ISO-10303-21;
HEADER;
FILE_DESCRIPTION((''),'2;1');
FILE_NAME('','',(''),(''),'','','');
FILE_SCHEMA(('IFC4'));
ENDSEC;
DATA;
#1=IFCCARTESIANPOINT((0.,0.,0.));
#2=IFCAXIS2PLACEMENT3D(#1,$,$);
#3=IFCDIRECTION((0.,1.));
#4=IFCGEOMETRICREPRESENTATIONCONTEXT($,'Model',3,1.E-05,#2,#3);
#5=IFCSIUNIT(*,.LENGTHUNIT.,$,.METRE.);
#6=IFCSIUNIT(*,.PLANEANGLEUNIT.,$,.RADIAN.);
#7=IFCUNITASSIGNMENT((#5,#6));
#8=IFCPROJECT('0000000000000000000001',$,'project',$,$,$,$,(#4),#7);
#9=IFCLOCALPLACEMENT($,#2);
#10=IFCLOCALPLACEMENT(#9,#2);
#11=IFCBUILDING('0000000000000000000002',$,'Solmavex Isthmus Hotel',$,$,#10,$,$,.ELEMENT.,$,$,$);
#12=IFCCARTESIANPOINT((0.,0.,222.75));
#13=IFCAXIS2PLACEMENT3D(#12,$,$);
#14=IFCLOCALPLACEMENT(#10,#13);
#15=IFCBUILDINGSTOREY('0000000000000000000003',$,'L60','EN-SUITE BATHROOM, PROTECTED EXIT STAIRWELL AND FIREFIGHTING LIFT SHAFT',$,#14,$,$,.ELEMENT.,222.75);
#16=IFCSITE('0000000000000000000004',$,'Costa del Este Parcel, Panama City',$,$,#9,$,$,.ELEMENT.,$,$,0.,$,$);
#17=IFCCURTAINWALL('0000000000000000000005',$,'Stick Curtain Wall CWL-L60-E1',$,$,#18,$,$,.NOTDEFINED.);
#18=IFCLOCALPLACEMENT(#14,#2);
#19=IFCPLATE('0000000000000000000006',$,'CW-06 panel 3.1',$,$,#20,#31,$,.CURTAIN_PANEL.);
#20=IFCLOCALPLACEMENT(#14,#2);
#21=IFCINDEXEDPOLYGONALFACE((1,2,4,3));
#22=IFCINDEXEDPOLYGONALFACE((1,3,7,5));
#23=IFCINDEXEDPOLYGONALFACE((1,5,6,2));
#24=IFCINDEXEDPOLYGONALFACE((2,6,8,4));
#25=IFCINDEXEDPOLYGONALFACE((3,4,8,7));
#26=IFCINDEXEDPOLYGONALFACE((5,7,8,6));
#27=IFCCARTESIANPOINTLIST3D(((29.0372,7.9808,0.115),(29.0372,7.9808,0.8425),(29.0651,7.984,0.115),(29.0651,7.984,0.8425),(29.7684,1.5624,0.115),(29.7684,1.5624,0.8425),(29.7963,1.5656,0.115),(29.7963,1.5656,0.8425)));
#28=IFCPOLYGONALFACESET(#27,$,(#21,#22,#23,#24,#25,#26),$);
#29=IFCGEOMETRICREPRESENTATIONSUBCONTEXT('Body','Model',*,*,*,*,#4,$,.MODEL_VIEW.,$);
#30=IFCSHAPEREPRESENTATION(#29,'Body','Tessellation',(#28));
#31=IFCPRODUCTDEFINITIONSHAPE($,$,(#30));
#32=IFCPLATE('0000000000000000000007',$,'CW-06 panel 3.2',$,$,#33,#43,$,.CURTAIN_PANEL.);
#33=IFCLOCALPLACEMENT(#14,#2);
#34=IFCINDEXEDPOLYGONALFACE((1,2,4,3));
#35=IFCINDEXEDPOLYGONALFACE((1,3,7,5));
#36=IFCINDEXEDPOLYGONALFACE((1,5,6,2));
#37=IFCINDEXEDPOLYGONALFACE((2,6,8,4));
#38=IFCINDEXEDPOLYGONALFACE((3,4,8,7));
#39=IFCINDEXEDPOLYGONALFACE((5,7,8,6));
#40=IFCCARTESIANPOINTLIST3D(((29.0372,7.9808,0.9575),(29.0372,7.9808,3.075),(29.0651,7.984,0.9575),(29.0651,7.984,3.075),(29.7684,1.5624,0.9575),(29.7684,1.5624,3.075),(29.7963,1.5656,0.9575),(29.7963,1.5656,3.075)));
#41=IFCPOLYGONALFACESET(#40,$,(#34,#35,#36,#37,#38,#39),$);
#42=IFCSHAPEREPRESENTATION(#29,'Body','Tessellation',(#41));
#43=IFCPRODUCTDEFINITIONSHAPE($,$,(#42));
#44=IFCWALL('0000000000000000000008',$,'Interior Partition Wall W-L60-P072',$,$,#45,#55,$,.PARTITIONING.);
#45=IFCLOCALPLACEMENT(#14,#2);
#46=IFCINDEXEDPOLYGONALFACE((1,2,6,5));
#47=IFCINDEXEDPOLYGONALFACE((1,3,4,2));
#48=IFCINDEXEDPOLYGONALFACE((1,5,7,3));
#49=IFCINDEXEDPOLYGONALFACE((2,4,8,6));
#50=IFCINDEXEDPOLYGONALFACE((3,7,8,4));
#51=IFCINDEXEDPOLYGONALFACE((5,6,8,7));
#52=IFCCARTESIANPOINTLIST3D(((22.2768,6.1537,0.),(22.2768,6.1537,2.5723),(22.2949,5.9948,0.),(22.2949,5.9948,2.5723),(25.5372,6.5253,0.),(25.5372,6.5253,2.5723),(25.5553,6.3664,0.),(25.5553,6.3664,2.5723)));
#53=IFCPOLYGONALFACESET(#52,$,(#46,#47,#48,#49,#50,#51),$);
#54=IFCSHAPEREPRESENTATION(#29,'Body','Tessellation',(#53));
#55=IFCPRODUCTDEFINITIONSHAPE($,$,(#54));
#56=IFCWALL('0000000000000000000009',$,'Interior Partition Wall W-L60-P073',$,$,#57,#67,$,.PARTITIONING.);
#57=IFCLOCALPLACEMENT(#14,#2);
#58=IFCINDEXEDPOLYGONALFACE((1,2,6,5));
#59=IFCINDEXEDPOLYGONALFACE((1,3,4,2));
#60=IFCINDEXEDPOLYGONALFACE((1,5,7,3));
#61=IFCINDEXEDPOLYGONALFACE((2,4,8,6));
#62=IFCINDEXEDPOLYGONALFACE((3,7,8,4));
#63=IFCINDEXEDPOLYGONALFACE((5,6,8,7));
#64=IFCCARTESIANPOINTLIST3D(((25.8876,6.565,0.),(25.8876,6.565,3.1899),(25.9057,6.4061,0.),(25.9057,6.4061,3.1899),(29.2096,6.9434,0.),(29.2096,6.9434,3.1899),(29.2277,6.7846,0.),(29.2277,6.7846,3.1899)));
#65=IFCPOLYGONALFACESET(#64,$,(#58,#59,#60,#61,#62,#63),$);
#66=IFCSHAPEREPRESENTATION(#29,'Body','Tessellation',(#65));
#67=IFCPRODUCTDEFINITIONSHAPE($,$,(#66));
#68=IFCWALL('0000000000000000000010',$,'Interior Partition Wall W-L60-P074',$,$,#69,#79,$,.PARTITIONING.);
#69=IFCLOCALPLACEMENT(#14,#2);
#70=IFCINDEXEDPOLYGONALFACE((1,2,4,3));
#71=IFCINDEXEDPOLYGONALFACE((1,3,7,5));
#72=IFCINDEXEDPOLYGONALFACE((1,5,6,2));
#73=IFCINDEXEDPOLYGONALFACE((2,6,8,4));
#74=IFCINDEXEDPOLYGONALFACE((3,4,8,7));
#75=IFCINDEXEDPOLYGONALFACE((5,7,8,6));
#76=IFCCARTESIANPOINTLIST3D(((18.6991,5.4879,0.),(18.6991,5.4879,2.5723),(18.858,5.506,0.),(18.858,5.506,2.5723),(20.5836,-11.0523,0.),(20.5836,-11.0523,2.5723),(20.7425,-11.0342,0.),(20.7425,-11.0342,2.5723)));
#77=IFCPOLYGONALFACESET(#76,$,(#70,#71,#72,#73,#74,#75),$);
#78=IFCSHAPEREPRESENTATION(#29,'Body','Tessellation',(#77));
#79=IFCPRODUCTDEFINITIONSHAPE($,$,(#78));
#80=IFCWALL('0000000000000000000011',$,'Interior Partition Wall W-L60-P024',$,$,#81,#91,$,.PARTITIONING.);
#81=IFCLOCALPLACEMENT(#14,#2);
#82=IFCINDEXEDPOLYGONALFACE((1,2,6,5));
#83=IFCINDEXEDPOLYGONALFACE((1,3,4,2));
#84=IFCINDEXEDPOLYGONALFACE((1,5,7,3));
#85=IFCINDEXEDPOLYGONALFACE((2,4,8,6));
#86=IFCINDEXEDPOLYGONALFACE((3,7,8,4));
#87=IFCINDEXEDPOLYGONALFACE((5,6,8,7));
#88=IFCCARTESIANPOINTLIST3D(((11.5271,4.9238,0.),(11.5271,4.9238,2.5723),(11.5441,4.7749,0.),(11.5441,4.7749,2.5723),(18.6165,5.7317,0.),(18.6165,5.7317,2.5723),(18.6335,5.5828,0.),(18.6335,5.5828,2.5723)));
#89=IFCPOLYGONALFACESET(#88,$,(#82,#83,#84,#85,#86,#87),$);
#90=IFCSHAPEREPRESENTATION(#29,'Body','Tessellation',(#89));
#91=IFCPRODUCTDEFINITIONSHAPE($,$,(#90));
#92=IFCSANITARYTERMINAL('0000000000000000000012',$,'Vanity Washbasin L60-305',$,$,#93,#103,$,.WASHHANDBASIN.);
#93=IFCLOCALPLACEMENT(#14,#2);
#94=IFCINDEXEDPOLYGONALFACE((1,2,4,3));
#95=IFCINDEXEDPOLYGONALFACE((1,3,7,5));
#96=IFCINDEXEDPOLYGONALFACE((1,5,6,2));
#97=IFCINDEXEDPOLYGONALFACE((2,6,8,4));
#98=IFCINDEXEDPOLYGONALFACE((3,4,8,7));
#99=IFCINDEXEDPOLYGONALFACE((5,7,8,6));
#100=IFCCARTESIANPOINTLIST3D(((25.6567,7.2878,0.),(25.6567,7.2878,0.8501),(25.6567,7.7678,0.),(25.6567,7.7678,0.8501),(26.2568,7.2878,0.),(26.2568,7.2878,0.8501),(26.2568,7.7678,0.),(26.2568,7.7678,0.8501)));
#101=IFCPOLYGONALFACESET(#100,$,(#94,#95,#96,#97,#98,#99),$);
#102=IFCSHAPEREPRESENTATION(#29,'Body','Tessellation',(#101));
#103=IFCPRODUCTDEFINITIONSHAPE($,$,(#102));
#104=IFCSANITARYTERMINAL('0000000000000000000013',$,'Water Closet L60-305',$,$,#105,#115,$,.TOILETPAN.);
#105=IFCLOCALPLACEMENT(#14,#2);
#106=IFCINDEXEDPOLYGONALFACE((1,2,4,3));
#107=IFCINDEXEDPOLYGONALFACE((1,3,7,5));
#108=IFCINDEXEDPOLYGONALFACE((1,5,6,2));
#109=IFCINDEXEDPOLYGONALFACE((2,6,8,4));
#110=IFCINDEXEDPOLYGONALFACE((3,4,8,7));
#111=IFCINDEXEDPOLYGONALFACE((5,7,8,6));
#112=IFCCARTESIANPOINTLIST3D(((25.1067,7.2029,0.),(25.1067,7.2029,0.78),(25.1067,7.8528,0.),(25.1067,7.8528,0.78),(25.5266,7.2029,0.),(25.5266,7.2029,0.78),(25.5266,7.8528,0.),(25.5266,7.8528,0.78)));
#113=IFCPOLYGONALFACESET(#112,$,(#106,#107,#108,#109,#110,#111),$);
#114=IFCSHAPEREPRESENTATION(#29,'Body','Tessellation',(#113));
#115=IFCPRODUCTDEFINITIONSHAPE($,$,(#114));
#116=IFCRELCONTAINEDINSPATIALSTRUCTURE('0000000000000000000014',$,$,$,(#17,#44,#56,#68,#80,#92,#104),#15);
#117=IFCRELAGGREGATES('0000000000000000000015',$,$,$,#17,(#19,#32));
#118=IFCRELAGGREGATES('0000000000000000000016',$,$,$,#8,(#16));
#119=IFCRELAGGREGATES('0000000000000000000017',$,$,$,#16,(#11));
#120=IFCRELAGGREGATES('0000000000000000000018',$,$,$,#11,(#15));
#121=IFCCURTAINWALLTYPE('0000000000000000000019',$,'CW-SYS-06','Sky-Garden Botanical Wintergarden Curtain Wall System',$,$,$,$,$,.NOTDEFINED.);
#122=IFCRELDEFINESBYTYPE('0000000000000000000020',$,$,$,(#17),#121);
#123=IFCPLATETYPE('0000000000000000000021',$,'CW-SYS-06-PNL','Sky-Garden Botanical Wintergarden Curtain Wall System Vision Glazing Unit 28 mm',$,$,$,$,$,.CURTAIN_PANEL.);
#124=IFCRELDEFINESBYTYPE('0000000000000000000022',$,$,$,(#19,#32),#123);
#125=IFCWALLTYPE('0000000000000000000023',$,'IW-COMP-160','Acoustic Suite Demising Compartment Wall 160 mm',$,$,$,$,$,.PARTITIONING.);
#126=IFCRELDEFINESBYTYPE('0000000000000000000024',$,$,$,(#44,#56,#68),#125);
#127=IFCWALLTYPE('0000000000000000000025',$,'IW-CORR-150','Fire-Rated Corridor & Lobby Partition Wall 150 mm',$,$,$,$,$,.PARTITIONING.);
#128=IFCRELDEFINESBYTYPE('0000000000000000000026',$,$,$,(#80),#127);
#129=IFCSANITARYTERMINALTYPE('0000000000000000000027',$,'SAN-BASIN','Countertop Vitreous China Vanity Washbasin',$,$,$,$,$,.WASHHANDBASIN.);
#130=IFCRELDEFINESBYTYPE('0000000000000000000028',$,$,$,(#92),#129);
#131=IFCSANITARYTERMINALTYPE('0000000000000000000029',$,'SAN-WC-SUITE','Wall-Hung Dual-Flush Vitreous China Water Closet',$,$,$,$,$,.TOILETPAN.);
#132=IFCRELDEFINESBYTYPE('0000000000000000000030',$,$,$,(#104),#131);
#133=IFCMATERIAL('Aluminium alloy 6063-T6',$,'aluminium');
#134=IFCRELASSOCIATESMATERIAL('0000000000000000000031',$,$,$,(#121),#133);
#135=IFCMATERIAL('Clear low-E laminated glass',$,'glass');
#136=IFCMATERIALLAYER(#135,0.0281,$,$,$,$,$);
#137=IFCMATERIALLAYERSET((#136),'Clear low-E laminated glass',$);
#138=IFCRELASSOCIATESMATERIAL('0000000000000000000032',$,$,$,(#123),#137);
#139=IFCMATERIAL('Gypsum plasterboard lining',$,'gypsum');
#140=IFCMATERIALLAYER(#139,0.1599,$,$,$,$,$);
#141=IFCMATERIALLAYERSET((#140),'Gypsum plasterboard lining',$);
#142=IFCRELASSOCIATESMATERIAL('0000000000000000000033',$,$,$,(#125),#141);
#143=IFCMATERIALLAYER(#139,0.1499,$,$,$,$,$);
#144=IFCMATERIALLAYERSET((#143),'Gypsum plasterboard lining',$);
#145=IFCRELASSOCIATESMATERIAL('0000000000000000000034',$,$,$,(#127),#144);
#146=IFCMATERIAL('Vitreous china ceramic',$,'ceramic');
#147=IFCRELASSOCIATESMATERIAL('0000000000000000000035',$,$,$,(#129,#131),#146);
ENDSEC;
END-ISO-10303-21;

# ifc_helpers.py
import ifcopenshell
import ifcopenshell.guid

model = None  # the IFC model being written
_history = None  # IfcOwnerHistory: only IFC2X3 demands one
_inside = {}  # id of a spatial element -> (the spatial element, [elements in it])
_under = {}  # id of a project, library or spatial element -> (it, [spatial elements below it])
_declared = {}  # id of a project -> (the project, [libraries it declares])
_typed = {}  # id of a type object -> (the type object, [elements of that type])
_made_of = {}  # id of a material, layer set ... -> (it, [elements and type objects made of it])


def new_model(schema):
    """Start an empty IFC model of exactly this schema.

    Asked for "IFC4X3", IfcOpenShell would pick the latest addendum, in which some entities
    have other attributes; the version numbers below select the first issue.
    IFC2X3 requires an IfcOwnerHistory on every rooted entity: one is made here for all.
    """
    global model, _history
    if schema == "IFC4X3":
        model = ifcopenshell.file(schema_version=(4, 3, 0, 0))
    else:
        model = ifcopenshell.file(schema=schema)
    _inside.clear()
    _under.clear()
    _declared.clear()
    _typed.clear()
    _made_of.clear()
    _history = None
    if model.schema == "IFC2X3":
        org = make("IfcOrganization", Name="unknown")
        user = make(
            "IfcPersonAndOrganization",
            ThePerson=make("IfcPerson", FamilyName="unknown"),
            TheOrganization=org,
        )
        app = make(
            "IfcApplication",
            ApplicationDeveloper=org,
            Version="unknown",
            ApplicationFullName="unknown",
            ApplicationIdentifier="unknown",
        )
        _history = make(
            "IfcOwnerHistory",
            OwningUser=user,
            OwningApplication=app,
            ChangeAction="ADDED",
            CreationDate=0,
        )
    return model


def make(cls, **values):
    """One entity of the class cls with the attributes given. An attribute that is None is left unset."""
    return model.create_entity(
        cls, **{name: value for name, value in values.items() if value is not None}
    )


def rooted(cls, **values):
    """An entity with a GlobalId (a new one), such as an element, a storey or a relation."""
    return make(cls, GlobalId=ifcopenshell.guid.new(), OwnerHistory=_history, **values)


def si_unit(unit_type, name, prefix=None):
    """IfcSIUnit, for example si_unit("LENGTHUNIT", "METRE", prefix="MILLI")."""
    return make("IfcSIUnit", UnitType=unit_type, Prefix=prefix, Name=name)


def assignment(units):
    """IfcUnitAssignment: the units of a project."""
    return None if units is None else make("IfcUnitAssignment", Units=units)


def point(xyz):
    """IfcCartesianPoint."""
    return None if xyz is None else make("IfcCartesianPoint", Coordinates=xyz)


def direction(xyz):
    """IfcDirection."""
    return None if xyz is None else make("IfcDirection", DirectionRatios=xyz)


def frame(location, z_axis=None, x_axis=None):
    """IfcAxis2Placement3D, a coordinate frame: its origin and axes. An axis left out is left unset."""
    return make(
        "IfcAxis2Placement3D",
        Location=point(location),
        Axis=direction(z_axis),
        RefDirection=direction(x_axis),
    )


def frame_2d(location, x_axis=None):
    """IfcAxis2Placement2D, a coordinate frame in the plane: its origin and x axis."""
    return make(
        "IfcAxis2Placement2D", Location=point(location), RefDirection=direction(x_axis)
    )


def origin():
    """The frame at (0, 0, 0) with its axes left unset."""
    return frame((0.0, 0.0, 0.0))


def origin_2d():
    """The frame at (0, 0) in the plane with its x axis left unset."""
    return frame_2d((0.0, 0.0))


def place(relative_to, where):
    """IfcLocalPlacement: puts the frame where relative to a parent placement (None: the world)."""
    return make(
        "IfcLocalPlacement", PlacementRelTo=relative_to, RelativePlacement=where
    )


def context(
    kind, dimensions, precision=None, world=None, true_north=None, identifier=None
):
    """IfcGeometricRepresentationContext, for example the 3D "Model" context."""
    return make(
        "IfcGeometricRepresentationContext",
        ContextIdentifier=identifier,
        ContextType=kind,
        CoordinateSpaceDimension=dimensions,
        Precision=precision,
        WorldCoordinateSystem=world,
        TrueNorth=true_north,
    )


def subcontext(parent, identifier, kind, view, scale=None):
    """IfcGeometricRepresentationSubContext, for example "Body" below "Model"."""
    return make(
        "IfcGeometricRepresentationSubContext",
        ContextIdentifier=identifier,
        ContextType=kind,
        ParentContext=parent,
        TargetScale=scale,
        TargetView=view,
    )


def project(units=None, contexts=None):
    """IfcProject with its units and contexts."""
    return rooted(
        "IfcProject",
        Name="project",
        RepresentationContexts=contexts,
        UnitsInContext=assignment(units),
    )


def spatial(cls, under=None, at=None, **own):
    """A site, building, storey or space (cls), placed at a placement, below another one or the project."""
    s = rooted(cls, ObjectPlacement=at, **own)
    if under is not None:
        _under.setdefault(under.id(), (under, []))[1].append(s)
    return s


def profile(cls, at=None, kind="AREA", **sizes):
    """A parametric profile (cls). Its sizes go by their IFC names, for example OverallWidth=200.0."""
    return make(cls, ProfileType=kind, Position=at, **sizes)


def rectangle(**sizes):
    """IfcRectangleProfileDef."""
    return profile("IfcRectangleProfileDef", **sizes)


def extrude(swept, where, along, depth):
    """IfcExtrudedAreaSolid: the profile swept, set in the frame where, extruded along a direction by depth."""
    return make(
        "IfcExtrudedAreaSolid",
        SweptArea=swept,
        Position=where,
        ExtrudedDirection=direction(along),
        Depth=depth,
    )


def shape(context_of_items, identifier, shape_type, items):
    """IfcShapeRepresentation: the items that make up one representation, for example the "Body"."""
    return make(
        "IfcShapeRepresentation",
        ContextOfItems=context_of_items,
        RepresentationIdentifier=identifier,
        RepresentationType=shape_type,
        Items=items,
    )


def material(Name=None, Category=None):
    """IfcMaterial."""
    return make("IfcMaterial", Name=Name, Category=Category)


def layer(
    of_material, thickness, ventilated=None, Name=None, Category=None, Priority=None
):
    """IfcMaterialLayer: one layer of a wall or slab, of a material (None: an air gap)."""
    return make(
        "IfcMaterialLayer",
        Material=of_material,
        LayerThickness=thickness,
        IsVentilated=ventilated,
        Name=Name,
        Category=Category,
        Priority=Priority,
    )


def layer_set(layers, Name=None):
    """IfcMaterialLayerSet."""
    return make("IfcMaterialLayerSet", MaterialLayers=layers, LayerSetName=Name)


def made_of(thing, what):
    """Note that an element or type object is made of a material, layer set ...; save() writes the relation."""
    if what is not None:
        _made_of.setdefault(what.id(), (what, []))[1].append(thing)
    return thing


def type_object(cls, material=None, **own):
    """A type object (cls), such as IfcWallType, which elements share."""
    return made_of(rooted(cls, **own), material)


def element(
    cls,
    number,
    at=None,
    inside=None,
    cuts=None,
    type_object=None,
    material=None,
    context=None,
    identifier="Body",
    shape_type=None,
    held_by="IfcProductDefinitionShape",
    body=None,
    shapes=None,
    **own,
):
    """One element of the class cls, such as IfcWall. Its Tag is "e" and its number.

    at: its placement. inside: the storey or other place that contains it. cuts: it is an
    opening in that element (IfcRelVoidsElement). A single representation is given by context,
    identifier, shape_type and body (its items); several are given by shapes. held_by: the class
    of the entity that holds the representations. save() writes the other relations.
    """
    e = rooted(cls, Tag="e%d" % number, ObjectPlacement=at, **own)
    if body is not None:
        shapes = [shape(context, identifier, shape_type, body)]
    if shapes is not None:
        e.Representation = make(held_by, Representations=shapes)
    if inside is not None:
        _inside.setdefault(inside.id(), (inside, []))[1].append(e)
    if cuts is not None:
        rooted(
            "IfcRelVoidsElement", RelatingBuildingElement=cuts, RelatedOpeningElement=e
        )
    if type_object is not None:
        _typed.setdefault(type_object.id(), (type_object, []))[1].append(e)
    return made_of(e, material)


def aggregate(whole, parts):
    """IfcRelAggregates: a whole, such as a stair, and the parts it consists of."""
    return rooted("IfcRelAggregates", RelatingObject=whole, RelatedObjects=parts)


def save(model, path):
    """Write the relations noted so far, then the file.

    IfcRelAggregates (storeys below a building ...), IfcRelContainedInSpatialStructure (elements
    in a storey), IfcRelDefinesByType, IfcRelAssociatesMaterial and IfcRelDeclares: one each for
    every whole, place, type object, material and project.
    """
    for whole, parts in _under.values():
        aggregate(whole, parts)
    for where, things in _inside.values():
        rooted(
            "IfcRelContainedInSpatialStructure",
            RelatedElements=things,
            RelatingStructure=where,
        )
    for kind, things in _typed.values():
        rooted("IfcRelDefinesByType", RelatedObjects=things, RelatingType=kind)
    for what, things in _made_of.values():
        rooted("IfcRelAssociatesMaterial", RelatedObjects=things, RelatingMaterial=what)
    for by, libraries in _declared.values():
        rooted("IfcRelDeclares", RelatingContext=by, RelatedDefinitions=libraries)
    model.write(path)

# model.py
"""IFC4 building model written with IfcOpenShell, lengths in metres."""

from ifc_helpers import new_model, si_unit, direction, frame, frame_2d, origin, origin_2d, place, context, subcontext, project, spatial, rectangle, extrude, material, layer, layer_set, type_object, element, aggregate, save


model = new_model("IFC4")

# Units and contexts
model_context = context("Model", 3, precision=1e-05, world=origin(), true_north=direction((0.0, 1.0)))
body_context = subcontext(model_context, "Body", "Model", "MODEL_VIEW")
ifc_project = project(units=[si_unit("LENGTHUNIT", "METRE"), si_unit("PLANEANGLEUNIT", "RADIAN")], contexts=[model_context])

# Site, building, storey
site_placement = place(None, origin())
site = spatial("IfcSite", under=ifc_project, at=site_placement, Name="Costa del Este Parcel, Panama City", CompositionType="ELEMENT", RefElevation=0.0)
building_placement = place(site_placement, origin())
building = spatial("IfcBuilding", under=site, at=building_placement, Name="Solmavex Isthmus Hotel", CompositionType="ELEMENT")
storey_placement = place(building_placement, frame((0.0, 0.0, 222.75)))
storey = spatial("IfcBuildingStorey", under=building, at=storey_placement, Name="L60", Description="EN-SUITE BATHROOM, PROTECTED EXIT STAIRWELL AND FIREFIGHTING LIFT SHAFT", CompositionType="ELEMENT", Elevation=222.75)

# Curtain wall, plates
ifc_material_1 = material(Name="Aluminium alloy 6063-T6", Category="aluminium")
curtain_wall_type = type_object("IfcCurtainWallType", Name="CW-SYS-06", Description="Sky-Garden Botanical Wintergarden Curtain Wall System", PredefinedType="NOTDEFINED", material=ifc_material_1)
curtain_wall_placement = place(storey_placement, origin())
curtain_wall = element("IfcCurtainWall", 1, at=curtain_wall_placement, inside=storey, type_object=curtain_wall_type, Name="Stick Curtain Wall CWL-L60-E1", PredefinedType="NOTDEFINED")
ifc_material_2 = material(Name="Clear low-E laminated glass", Category="glass")
ifc_layer_1 = layer(ifc_material_2, 0.0281)
ifc_layer_set_1 = layer_set([ifc_layer_1], Name="Clear low-E laminated glass")
plate_type = type_object("IfcPlateType", Name="CW-SYS-06-PNL", Description="Sky-Garden Botanical Wintergarden Curtain Wall System Vision Glazing Unit 28 mm", PredefinedType="CURTAIN_PANEL", material=ifc_layer_set_1)
plate_1_placement = place(storey_placement, frame((29.4167, 4.7732, 0.115), z_axis=(0.0, 0.0, 1.0), x_axis=(-0.113203, 0.993572, 0.0)))
plate_1 = element("IfcPlate", 2, at=plate_1_placement, type_object=plate_type, Name="CW-06 panel 3.1", PredefinedType="CURTAIN_PANEL", context=body_context, shape_type="SweptSolid", body=[
    extrude(rectangle(XDim=6.46, YDim=0.0281, at=origin_2d()), origin(), (0.0, 0.0, 1.0), 0.7275),
])
plate_2_placement = place(storey_placement, frame((29.4167, 4.7732, 0.9575), z_axis=(0.0, 0.0, 1.0), x_axis=(-0.113203, 0.993572, 0.0)))
plate_2 = element("IfcPlate", 3, at=plate_2_placement, type_object=plate_type, Name="CW-06 panel 3.2", PredefinedType="CURTAIN_PANEL", context=body_context, shape_type="SweptSolid", body=[
    extrude(rectangle(XDim=6.46, YDim=0.0281, at=origin_2d()), origin(), (0.0, 0.0, 1.0), 2.1174),
])
aggregate(curtain_wall, [plate_1, plate_2])

# Walls
ifc_material_3 = material(Name="Gypsum plasterboard lining", Category="gypsum")
ifc_layer_2 = layer(ifc_material_3, 0.1599)
ifc_layer_set_2 = layer_set([ifc_layer_2], Name="Gypsum plasterboard lining")
wall_type_1 = type_object("IfcWallType", Name="IW-COMP-160", Description="Acoustic Suite Demising Compartment Wall 160 mm", PredefinedType="PARTITIONING", material=ifc_layer_set_2)
wall_1_placement = place(storey_placement, frame((25.5461, 6.4458, 0.0), z_axis=(0.0, 0.0, 1.0), x_axis=(-0.993569, -0.113232, 0.0)))
element("IfcWall", 4, at=wall_1_placement, inside=storey, type_object=wall_type_1, Name="Interior Partition Wall W-L60-P072", PredefinedType="PARTITIONING", context=body_context, shape_type="SweptSolid", body=[
    extrude(rectangle(XDim=3.2815, YDim=0.1599, at=frame_2d((1.6406, 0.0))), origin(), (0.0, 0.0, 1.0), 2.5723),
])
wall_2_placement = place(storey_placement, frame((29.2188, 6.864, 0.0), z_axis=(0.0, 0.0, 1.0), x_axis=(-0.993574, -0.11318, 0.0)))
element("IfcWall", 5, at=wall_2_placement, inside=storey, type_object=wall_type_1, Name="Interior Partition Wall W-L60-P073", PredefinedType="PARTITIONING", context=body_context, shape_type="SweptSolid", body=[
    extrude(rectangle(XDim=3.3435, YDim=0.1599, at=frame_2d((1.6719, 0.0))), origin(), (0.0, 0.0, 1.0), 3.1899),
])
wall_3_placement = place(storey_placement, frame((18.7786, 5.4971, 0.0), z_axis=(0.0, 0.0, 1.0), x_axis=(0.113203, -0.993572, 0.0)))
element("IfcWall", 6, at=wall_3_placement, inside=storey, type_object=wall_type_1, Name="Interior Partition Wall W-L60-P074", PredefinedType="PARTITIONING", context=body_context, shape_type="SweptSolid", body=[
    extrude(rectangle(XDim=16.6472, YDim=0.1599, at=frame_2d((8.3237, 0.0))), origin(), (0.0, 0.0, 1.0), 2.5723),
])

# Shared definitions
ifc_layer_3 = layer(ifc_material_3, 0.1499)
ifc_layer_set_3 = layer_set([ifc_layer_3], Name="Gypsum plasterboard lining")
wall_type_2 = type_object("IfcWallType", Name="IW-CORR-150", Description="Fire-Rated Corridor & Lobby Partition Wall 150 mm", PredefinedType="PARTITIONING", material=ifc_layer_set_3)

# Wall
wall_4_placement = place(storey_placement, frame((18.625, 5.6572, 0.0), z_axis=(0.0, 0.0, 1.0), x_axis=(-0.99357, -0.113221, 0.0)))
element("IfcWall", 7, at=wall_4_placement, inside=storey, type_object=wall_type_2, Name="Interior Partition Wall W-L60-P024", PredefinedType="PARTITIONING", context=body_context, shape_type="SweptSolid", body=[
    extrude(rectangle(XDim=7.1353, YDim=0.1499, at=frame_2d((3.5676, 0.0))), origin(), (0.0, 0.0, 1.0), 2.5723),
])

# Sanitary terminals
ifc_material_4 = material(Name="Vitreous china ceramic", Category="ceramic")
sanitary_terminal_type_1 = type_object("IfcSanitaryTerminalType", Name="SAN-BASIN", Description="Countertop Vitreous China Vanity Washbasin", PredefinedType="WASHHANDBASIN", material=ifc_material_4)
sanitary_terminal_1_placement = place(storey_placement, frame((25.9568, 7.5278, 0.0), z_axis=(0.0, 0.0, 1.0), x_axis=(1.0, 0.0, 0.0)))
element("IfcSanitaryTerminal", 8, at=sanitary_terminal_1_placement, inside=storey, type_object=sanitary_terminal_type_1, Name="Vanity Washbasin L60-305", PredefinedType="WASHHANDBASIN", context=body_context, shape_type="SweptSolid", body=[
    extrude(rectangle(XDim=0.6001, YDim=0.48, at=origin_2d()), origin(), (0.0, 0.0, 1.0), 0.8501),
])
sanitary_terminal_type_2 = type_object("IfcSanitaryTerminalType", Name="SAN-WC-SUITE", Description="Wall-Hung Dual-Flush Vitreous China Water Closet", PredefinedType="TOILETPAN", material=ifc_material_4)
sanitary_terminal_2_placement = place(storey_placement, frame((25.3167, 7.5278, 0.0), z_axis=(0.0, 0.0, 1.0), x_axis=(1.0, 0.0, 0.0)))
element("IfcSanitaryTerminal", 9, at=sanitary_terminal_2_placement, inside=storey, type_object=sanitary_terminal_type_2, Name="Water Closet L60-305", PredefinedType="TOILETPAN", context=body_context, shape_type="SweptSolid", body=[
    extrude(rectangle(XDim=0.4199, YDim=0.6499, at=origin_2d()), origin(), (0.0, 0.0, 1.0), 0.78),
])

save(model, "model.ifc")
